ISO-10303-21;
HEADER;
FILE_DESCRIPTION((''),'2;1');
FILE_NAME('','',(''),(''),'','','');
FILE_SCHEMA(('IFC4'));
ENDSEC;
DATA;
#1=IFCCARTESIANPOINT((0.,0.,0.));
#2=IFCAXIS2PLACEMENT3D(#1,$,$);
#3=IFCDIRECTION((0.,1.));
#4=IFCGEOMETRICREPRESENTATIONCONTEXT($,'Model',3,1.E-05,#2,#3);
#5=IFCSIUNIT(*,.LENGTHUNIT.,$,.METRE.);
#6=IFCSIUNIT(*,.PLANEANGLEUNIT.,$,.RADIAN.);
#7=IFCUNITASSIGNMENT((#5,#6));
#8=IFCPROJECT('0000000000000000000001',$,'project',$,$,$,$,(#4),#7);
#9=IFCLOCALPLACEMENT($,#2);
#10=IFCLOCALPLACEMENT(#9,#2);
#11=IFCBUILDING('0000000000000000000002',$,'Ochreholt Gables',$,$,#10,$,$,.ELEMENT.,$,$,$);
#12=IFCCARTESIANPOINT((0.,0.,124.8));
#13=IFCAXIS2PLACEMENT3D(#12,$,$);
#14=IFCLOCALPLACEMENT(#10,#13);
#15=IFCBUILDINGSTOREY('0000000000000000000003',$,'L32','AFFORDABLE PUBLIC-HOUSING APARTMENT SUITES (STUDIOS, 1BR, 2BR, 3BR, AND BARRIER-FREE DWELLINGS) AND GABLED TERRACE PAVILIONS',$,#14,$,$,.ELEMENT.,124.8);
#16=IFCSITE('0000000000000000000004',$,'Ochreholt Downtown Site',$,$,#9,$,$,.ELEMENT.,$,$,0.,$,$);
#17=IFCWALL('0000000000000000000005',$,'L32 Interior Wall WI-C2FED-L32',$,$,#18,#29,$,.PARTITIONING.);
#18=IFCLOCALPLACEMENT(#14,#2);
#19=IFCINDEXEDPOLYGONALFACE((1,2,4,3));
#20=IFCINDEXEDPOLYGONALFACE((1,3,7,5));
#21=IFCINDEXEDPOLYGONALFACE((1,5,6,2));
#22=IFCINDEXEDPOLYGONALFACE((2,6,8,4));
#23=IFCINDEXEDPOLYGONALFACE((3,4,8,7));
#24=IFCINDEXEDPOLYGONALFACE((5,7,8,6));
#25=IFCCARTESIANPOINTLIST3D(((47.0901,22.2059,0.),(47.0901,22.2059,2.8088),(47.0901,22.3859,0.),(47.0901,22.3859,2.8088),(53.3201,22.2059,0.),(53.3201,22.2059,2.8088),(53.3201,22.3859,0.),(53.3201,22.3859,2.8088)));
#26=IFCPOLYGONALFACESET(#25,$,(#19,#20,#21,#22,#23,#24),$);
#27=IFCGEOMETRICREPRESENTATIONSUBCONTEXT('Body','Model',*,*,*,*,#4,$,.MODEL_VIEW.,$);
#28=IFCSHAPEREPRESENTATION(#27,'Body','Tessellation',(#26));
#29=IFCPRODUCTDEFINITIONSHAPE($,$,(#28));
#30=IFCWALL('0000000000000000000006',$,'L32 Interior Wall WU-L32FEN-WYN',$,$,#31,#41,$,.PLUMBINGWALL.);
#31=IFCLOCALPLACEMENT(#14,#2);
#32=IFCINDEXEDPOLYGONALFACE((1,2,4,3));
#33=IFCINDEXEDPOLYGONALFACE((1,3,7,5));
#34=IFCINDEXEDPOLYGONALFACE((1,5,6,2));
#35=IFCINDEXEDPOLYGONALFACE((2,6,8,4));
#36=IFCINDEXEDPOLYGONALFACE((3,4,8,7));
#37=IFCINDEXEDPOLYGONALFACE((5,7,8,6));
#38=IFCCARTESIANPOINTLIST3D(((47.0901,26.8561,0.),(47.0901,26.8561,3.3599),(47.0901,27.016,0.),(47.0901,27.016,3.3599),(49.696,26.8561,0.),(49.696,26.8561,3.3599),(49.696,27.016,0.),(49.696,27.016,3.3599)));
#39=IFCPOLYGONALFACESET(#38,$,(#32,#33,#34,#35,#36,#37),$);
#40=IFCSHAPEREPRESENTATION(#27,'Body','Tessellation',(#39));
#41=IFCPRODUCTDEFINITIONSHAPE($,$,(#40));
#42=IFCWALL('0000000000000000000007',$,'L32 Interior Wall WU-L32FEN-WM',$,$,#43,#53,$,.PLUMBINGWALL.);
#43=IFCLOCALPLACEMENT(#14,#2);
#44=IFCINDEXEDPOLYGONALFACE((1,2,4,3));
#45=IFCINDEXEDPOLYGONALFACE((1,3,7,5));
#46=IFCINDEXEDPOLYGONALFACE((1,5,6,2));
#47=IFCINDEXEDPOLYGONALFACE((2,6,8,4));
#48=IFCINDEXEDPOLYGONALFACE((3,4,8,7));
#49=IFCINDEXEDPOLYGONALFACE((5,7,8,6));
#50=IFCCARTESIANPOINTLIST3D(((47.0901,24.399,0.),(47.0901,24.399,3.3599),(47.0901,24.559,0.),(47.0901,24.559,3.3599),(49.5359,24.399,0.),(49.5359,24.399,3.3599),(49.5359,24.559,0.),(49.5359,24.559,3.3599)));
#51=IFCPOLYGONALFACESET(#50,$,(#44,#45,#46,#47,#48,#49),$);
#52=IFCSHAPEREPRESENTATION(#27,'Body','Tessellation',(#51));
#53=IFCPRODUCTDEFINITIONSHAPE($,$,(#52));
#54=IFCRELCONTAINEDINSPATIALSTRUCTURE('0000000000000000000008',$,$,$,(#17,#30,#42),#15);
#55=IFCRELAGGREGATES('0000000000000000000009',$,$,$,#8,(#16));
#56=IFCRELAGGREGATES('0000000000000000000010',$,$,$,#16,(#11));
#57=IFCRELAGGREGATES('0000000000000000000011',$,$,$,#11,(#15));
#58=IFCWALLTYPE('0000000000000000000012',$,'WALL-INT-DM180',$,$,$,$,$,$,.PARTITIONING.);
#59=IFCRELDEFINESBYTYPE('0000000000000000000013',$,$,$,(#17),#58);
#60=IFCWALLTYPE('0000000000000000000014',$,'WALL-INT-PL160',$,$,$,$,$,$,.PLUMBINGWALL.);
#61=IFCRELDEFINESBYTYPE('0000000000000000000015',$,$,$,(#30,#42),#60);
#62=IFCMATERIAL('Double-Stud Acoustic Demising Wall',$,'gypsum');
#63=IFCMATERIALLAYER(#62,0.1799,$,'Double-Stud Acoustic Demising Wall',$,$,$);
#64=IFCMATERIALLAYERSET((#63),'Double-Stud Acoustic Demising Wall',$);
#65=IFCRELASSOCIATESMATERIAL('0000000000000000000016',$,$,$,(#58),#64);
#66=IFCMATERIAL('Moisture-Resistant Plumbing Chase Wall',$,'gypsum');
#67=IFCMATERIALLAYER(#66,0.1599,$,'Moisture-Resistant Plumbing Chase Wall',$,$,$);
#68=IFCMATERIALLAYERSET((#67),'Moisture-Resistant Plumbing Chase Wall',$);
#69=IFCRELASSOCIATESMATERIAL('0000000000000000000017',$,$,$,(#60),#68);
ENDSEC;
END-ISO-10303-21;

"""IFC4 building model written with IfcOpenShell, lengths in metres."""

from ifc_helpers import new_model, si_unit, direction, frame, frame_2d, origin, place, context, subcontext, project, spatial, rectangle, extrude, material, layer, layer_set, type_object, element, save


model = new_model("IFC4")

# Units and contexts
model_context = context("Model", 3, precision=1e-05, world=origin(), true_north=direction((0.0, 1.0)))
body_context = subcontext(model_context, "Body", "Model", "MODEL_VIEW")
ifc_project = project(units=[si_unit("LENGTHUNIT", "METRE"), si_unit("PLANEANGLEUNIT", "RADIAN")], contexts=[model_context])

# Site, building, storey
site_placement = place(None, origin())
site = spatial("IfcSite", under=ifc_project, at=site_placement, Name="Ochreholt Downtown Site", CompositionType="ELEMENT", RefElevation=0.0)
building_placement = place(site_placement, origin())
building = spatial("IfcBuilding", under=site, at=building_placement, Name="Ochreholt Gables", CompositionType="ELEMENT")
storey_placement = place(building_placement, frame((0.0, 0.0, 124.8)))
storey = spatial("IfcBuildingStorey", under=building, at=storey_placement, Name="L32", Description="AFFORDABLE PUBLIC-HOUSING APARTMENT SUITES (STUDIOS, 1BR, 2BR, 3BR, AND BARRIER-FREE DWELLINGS) AND GABLED TERRACE PAVILIONS", CompositionType="ELEMENT", Elevation=124.8)

# Walls
ifc_material_1 = material(Name="Double-Stud Acoustic Demising Wall", Category="gypsum")
ifc_layer_1 = layer(ifc_material_1, 0.1799, Name="Double-Stud Acoustic Demising Wall")
ifc_layer_set_1 = layer_set([ifc_layer_1], Name="Double-Stud Acoustic Demising Wall")
wall_type_1 = type_object("IfcWallType", Name="WALL-INT-DM180", PredefinedType="PARTITIONING", material=ifc_layer_set_1)
wall_1_placement = place(storey_placement, frame((47.0901, 22.2959, 0.0), z_axis=(0.0, 0.0, 1.0), x_axis=(1.0, 0.0, 0.0)))
element("IfcWall", 1, at=wall_1_placement, inside=storey, type_object=wall_type_1, Name="L32 Interior Wall WI-C2FED-L32", PredefinedType="PARTITIONING", context=body_context, shape_type="SweptSolid", body=[
    extrude(rectangle(XDim=6.23, YDim=0.1799, at=frame_2d((3.115, 0.0))), origin(), (0.0, 0.0, 1.0), 2.8088),
])
ifc_material_2 = material(Name="Moisture-Resistant Plumbing Chase Wall", Category="gypsum")
ifc_layer_2 = layer(ifc_material_2, 0.1599, Name="Moisture-Resistant Plumbing Chase Wall")
ifc_layer_set_2 = layer_set([ifc_layer_2], Name="Moisture-Resistant Plumbing Chase Wall")
wall_type_2 = type_object("IfcWallType", Name="WALL-INT-PL160", PredefinedType="PLUMBINGWALL", material=ifc_layer_set_2)
wall_2_placement = place(storey_placement, frame((47.0901, 26.936, 0.0), z_axis=(0.0, 0.0, 1.0), x_axis=(1.0, 0.0, 0.0)))
element("IfcWall", 2, at=wall_2_placement, inside=storey, type_object=wall_type_2, Name="L32 Interior Wall WU-L32FEN-WYN", PredefinedType="PLUMBINGWALL", context=body_context, shape_type="SweptSolid", body=[
    extrude(rectangle(XDim=2.606, YDim=0.1599, at=frame_2d((1.303, 0.0))), origin(), (0.0, 0.0, 1.0), 3.3599),
])

# Wall
wall_3_placement = place(storey_placement, frame((47.0901, 24.479, 0.0), z_axis=(0.0, 0.0, 1.0), x_axis=(1.0, 0.0, 0.0)))
element("IfcWall", 3, at=wall_3_placement, inside=storey, type_object=wall_type_2, Name="L32 Interior Wall WU-L32FEN-WM", PredefinedType="PLUMBINGWALL", context=body_context, shape_type="SweptSolid", body=[
    extrude(rectangle(XDim=2.4458, YDim=0.1599, at=frame_2d((1.2229, 0.0))), origin(), (0.0, 0.0, 1.0), 3.3599),
])

save(model, "model.ifc")
